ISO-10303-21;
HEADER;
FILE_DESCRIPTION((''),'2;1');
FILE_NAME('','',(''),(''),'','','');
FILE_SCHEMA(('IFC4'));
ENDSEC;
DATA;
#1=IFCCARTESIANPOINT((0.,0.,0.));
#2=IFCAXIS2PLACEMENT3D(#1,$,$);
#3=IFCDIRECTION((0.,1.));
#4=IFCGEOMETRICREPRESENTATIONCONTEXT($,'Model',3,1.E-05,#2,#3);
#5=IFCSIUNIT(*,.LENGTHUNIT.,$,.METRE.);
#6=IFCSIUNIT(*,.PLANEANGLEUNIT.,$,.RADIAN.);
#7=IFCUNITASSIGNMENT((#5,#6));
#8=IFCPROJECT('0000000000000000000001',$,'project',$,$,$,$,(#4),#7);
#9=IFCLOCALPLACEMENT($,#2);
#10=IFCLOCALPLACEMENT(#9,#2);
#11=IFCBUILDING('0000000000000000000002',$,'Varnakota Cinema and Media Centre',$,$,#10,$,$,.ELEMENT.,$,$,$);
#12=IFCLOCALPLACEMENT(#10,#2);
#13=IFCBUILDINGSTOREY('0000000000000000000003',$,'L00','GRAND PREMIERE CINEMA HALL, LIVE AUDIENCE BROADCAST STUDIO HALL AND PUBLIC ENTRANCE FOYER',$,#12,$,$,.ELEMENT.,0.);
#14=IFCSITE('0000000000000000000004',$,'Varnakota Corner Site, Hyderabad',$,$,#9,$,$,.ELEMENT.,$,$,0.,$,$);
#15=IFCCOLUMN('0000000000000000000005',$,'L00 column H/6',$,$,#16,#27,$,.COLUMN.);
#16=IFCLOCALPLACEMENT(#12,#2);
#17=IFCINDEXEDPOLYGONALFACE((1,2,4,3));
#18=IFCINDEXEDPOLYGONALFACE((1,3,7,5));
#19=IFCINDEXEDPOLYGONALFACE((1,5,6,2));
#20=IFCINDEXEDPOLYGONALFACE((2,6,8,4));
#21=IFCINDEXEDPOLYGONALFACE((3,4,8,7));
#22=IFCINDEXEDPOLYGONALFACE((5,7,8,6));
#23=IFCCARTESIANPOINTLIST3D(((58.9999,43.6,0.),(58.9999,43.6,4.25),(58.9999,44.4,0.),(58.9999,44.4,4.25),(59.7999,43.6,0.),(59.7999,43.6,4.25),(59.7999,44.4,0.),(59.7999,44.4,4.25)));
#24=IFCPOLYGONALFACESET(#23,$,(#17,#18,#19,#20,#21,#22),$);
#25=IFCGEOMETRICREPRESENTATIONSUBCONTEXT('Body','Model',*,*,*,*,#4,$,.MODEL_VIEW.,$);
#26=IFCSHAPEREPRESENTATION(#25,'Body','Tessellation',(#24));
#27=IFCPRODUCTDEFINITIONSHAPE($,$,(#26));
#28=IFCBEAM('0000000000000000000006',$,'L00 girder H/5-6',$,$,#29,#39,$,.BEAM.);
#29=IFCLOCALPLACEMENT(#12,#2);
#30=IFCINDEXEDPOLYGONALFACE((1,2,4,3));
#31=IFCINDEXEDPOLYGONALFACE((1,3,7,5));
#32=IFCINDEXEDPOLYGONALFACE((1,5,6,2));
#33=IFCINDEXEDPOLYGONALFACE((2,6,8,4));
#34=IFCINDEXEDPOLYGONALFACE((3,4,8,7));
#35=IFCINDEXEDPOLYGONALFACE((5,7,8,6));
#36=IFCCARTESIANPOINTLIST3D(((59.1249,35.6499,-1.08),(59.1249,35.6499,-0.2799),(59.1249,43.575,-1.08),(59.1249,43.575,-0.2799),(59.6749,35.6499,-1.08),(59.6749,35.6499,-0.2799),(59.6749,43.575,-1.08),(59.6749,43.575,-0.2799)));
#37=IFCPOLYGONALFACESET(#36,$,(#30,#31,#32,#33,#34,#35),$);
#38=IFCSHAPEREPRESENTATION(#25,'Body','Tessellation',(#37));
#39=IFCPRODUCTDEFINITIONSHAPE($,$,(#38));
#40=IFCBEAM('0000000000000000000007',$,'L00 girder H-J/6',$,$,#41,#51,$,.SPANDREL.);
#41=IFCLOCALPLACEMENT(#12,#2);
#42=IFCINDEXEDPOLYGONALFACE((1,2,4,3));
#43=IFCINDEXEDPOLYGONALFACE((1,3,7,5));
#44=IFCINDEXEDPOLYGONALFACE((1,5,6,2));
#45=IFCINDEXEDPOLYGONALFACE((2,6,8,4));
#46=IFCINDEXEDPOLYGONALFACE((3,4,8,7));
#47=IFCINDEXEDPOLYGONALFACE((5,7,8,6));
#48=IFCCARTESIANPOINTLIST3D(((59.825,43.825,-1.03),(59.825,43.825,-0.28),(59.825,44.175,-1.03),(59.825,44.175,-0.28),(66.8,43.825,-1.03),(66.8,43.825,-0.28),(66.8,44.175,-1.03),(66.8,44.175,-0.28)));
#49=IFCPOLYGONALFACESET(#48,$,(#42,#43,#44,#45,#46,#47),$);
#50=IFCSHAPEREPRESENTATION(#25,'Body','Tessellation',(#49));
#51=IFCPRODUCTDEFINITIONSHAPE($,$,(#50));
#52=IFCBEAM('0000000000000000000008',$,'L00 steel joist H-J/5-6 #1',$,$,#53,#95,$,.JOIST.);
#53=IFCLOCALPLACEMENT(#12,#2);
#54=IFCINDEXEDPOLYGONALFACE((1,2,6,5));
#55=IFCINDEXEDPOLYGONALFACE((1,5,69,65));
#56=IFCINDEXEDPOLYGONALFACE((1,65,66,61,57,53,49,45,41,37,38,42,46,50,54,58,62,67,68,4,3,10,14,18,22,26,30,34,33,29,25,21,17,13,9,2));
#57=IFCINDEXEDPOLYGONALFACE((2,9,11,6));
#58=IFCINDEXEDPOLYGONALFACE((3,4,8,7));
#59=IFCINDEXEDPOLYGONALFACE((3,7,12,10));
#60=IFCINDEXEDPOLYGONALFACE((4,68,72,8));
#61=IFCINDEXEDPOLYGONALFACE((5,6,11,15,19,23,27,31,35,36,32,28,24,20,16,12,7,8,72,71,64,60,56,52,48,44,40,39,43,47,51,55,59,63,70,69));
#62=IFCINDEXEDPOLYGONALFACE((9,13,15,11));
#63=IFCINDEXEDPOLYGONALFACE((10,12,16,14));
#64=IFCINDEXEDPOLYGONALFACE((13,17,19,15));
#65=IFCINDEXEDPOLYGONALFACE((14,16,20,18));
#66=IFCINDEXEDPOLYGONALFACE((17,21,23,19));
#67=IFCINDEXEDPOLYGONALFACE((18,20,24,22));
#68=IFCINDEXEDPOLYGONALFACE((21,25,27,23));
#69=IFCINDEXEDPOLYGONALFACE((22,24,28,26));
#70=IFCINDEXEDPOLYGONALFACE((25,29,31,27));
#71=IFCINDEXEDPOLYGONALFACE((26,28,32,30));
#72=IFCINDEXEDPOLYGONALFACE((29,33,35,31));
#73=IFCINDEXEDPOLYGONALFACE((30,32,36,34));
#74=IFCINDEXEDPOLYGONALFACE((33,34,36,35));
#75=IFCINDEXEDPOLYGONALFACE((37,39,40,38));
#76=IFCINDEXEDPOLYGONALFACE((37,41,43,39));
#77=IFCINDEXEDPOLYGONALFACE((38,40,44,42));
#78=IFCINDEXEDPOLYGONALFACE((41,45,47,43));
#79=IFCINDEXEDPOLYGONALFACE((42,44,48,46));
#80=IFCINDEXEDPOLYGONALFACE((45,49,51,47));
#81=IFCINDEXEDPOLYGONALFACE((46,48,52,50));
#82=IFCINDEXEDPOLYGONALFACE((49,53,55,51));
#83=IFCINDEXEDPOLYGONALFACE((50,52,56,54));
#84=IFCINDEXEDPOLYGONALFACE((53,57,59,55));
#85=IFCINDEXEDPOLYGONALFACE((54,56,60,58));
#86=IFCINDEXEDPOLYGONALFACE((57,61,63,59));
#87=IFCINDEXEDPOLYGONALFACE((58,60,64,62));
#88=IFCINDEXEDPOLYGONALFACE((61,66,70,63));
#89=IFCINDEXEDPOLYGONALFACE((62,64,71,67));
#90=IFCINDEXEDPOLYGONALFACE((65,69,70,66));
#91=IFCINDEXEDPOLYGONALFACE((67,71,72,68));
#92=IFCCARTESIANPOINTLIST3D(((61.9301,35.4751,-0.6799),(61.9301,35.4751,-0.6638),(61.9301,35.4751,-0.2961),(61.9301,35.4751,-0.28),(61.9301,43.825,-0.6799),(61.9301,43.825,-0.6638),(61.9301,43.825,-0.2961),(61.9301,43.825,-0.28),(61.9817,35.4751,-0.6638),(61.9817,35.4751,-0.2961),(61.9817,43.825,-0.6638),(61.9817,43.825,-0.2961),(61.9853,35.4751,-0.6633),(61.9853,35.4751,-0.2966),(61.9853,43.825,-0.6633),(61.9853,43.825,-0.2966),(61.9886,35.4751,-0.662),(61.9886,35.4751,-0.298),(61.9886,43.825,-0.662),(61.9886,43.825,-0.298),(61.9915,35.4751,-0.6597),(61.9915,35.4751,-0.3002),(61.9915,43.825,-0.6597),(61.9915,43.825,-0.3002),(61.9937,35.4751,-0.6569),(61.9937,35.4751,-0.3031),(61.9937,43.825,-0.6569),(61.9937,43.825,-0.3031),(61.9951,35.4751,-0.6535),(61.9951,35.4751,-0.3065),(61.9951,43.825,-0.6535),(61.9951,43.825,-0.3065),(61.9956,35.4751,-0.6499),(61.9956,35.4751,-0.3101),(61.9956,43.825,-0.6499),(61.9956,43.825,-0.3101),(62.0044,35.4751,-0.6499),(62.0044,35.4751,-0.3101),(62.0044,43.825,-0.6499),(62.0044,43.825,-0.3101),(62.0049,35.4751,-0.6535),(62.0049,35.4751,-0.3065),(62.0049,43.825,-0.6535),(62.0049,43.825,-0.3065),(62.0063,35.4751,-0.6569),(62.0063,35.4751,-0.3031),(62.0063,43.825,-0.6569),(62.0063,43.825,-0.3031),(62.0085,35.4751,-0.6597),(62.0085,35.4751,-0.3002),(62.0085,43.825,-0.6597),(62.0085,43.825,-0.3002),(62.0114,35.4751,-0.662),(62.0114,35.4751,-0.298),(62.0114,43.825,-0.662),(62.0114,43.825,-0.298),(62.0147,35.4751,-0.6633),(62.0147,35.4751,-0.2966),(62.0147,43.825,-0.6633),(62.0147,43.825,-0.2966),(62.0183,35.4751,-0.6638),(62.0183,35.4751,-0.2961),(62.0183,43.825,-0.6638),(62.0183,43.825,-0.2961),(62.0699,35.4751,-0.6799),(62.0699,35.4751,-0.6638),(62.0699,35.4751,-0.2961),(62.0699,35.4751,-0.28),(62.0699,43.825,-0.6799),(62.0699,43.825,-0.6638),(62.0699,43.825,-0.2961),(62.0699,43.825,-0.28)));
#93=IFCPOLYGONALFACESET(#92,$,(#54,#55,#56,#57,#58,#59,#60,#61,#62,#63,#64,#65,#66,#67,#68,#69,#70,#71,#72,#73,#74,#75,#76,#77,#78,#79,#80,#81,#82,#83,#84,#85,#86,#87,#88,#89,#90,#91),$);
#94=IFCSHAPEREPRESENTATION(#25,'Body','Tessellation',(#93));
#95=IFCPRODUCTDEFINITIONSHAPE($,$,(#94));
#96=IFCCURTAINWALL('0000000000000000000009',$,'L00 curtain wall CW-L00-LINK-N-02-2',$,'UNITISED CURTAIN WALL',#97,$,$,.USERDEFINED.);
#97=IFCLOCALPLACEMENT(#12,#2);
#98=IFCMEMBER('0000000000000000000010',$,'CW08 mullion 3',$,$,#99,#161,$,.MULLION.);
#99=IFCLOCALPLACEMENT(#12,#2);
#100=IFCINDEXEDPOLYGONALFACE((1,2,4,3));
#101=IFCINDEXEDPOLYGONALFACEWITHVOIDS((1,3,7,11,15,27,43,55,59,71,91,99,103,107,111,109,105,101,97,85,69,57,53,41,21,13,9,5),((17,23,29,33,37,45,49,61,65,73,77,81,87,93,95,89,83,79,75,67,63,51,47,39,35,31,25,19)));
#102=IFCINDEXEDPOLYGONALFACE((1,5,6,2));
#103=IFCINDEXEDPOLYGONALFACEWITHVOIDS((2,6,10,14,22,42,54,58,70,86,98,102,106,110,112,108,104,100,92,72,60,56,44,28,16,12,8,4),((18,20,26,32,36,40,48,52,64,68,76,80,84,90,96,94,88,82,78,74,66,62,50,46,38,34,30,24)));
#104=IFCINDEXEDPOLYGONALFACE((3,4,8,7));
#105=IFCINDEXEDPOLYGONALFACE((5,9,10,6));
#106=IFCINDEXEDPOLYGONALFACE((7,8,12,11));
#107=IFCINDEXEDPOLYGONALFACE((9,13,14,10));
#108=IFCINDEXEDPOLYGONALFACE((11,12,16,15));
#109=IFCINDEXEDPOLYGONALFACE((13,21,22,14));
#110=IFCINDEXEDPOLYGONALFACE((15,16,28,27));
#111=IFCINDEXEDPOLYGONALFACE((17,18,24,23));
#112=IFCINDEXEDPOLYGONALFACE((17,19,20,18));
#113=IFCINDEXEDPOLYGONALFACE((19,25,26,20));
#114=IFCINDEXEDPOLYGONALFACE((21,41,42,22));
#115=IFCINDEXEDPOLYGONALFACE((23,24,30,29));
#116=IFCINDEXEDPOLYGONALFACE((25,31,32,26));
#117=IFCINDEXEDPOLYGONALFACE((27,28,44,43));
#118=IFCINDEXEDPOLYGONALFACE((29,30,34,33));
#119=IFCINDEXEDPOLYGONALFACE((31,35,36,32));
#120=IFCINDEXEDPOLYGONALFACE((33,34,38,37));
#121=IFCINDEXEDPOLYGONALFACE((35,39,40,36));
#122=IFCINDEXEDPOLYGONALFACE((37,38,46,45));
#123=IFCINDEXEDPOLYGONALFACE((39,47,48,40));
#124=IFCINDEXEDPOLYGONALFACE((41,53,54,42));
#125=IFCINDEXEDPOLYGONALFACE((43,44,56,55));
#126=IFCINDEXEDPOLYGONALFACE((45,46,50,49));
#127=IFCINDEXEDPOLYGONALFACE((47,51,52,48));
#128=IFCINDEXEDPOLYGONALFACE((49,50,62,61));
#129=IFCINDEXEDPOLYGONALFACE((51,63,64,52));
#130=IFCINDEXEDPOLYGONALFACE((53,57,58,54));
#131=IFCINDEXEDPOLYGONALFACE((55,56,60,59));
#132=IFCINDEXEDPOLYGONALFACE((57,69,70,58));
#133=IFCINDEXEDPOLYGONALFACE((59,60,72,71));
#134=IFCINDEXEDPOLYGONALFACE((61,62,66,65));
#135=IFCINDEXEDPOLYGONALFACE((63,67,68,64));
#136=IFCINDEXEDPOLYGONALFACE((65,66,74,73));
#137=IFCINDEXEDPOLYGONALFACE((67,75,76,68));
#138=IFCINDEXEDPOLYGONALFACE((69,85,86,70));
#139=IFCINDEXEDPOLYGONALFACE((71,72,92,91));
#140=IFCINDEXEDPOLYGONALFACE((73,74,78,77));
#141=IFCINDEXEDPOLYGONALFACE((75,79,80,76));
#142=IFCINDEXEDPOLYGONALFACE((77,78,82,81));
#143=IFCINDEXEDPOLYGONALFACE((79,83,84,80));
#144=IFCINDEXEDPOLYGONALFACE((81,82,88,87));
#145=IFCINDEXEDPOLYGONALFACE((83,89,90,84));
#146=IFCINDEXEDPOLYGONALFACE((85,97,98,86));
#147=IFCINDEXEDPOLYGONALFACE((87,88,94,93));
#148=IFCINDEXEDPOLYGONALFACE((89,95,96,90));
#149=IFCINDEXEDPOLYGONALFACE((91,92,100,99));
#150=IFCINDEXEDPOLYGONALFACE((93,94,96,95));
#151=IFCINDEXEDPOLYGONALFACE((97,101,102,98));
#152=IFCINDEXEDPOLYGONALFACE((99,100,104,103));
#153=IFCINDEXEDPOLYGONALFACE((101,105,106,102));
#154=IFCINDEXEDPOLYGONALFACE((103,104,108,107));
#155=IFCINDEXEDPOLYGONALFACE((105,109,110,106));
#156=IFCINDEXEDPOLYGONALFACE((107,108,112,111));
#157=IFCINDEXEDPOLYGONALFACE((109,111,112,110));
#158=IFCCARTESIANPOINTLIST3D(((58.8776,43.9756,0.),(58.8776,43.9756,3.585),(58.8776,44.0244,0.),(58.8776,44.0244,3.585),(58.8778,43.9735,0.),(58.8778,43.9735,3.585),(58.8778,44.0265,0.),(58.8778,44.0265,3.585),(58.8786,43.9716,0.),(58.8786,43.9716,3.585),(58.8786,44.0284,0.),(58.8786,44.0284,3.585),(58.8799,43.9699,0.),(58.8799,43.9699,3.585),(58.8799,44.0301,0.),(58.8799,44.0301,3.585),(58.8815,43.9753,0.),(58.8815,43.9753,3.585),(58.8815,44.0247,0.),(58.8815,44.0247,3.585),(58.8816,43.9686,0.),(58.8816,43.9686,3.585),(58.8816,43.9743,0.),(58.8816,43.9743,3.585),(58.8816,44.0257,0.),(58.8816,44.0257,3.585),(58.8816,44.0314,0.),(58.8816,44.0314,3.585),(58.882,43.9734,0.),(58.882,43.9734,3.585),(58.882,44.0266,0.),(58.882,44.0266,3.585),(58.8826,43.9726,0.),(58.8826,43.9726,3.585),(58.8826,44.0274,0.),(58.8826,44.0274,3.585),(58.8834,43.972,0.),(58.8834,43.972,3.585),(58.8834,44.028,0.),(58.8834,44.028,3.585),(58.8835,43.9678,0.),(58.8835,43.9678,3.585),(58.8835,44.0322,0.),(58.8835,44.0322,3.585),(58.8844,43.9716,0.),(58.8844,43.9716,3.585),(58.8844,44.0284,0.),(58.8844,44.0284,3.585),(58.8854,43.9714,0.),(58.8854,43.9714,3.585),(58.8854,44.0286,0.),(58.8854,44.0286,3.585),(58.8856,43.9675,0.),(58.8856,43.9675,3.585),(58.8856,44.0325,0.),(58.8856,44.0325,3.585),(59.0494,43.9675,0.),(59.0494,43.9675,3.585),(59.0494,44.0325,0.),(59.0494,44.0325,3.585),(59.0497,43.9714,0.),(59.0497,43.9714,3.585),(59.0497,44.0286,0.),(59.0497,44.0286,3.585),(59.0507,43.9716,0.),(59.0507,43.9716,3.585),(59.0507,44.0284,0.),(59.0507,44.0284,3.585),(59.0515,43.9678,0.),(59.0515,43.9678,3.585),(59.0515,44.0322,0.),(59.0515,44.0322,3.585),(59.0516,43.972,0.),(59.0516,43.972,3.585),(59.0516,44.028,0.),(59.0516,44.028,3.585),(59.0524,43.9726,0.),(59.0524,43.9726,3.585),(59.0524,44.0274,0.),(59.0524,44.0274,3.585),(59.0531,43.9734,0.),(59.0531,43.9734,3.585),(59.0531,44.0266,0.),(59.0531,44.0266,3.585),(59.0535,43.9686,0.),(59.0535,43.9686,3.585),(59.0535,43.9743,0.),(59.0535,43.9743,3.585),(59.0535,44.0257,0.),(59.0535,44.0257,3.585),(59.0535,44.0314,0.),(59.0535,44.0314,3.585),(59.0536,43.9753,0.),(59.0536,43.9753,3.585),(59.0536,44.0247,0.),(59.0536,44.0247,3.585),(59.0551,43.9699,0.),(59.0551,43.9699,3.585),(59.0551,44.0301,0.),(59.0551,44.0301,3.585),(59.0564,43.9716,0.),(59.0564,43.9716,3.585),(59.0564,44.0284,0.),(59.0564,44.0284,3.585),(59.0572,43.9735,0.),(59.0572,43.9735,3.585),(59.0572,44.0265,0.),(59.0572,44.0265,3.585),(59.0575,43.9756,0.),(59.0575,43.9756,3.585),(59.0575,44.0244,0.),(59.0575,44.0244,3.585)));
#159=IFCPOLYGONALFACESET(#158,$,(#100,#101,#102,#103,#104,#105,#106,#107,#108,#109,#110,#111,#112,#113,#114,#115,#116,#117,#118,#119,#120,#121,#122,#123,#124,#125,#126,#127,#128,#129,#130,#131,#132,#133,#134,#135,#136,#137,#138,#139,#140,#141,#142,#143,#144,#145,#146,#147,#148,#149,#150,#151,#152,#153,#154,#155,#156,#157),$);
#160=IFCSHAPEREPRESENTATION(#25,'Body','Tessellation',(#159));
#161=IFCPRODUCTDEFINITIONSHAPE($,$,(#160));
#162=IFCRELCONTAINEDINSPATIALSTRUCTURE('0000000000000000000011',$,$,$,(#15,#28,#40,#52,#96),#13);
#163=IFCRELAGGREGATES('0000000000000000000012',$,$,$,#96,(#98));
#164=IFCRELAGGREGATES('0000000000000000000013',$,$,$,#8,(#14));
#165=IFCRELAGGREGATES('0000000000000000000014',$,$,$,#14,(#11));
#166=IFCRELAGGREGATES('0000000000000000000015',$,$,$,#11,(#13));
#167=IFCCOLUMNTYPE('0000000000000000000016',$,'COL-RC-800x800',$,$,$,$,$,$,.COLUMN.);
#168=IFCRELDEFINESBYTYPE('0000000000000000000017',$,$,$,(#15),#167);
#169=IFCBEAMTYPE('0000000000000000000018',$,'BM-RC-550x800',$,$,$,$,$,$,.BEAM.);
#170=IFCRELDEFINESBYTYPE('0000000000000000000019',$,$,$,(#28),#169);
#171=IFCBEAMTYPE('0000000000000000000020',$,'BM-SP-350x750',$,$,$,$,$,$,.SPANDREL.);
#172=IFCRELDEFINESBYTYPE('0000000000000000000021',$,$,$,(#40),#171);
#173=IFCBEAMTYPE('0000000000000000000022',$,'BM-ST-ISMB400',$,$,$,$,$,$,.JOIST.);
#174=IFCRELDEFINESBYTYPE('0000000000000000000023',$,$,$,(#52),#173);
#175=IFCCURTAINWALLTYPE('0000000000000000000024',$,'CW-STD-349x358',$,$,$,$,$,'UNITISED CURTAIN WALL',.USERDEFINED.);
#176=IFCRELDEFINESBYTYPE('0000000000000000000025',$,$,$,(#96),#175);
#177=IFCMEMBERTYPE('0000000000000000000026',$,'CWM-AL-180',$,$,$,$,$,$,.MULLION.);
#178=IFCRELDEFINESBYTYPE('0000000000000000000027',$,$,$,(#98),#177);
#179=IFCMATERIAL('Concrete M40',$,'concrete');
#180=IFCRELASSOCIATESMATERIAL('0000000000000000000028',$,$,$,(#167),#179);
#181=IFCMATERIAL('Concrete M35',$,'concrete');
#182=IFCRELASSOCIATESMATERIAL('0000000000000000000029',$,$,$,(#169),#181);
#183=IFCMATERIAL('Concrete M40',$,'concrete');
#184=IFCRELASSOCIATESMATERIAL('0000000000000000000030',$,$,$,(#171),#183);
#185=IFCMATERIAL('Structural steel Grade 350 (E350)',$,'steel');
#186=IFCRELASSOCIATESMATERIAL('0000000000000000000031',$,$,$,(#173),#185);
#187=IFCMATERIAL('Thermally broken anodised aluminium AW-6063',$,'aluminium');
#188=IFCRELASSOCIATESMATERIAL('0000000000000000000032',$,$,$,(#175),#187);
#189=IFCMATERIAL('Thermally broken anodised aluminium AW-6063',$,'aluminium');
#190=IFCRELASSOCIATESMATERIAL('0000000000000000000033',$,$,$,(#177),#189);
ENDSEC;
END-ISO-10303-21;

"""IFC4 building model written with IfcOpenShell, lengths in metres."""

from ifc_helpers import new_model, si_unit, direction, frame, origin, origin_2d, place, context, subcontext, project, spatial, rectangle, hollow_rectangle, i_section, extrude, material, material_profile, profile_set, type_object, element, aggregate, save


model = new_model("IFC4")

# Units and contexts
model_context = context("Model", 3, precision=1e-05, world=origin(), true_north=direction((0.0, 1.0)))
body_context = subcontext(model_context, "Body", "Model", "MODEL_VIEW")
ifc_project = project(units=[si_unit("LENGTHUNIT", "METRE"), si_unit("PLANEANGLEUNIT", "RADIAN")], contexts=[model_context])

# Site, building, storey
site_placement = place(None, origin())
site = spatial("IfcSite", under=ifc_project, at=site_placement, Name="Varnakota Corner Site, Hyderabad", CompositionType="ELEMENT", RefElevation=0.0)
building_placement = place(site_placement, origin())
building = spatial("IfcBuilding", under=site, at=building_placement, Name="Varnakota Cinema and Media Centre", CompositionType="ELEMENT")
storey_placement = place(building_placement, origin())
storey = spatial("IfcBuildingStorey", under=building, at=storey_placement, Name="L00", Description="GRAND PREMIERE CINEMA HALL, LIVE AUDIENCE BROADCAST STUDIO HALL AND PUBLIC ENTRANCE FOYER", CompositionType="ELEMENT", Elevation=0.0)

# Column
ifc_material_1 = material(Name="Concrete M40", Category="concrete")
ifc_material_profile_1 = material_profile(ifc_material_1, rectangle(XDim=0.8, YDim=0.8, at=origin_2d()), Name="RC 800x800")
ifc_profile_set_1 = profile_set([ifc_material_profile_1], Name="Concrete M40")
column_type = type_object("IfcColumnType", Name="COL-RC-800x800", PredefinedType="COLUMN", material=ifc_profile_set_1)
column_placement = place(storey_placement, frame((59.3999, 44.0, 0.0), z_axis=(0.0, 0.0, 1.0), x_axis=(1.0, 0.0, 0.0)))
element("IfcColumn", 1, at=column_placement, inside=storey, type_object=column_type, Name="L00 column H/6", PredefinedType="COLUMN", context=body_context, shape_type="SweptSolid", body=[
    extrude(rectangle(XDim=0.8, YDim=0.8, at=origin_2d()), origin(), (0.0, 0.0, 1.0), 4.25),
])

# Beams
ifc_material_2 = material(Name="Concrete M35", Category="concrete")
ifc_material_profile_2 = material_profile(ifc_material_2, rectangle(XDim=0.55, YDim=0.8, at=origin_2d()), Name="RCB 550x800")
ifc_profile_set_2 = profile_set([ifc_material_profile_2], Name="Concrete M35")
beam_type_1 = type_object("IfcBeamType", Name="BM-RC-550x800", PredefinedType="BEAM", material=ifc_profile_set_2)
beam_1_placement = place(storey_placement, frame((59.3999, 35.6499, -0.6799), z_axis=(0.0, 1.0, 0.0), x_axis=(-1.0, 0.0, 0.0)))
element("IfcBeam", 2, at=beam_1_placement, inside=storey, type_object=beam_type_1, Name="L00 girder H/5-6", PredefinedType="BEAM", context=body_context, shape_type="SweptSolid", body=[
    extrude(rectangle(XDim=0.55, YDim=0.8, at=origin_2d()), origin(), (0.0, 0.0, 1.0), 7.925),
])
ifc_material_3 = material(Name="Concrete M40", Category="concrete")
ifc_material_profile_3 = material_profile(ifc_material_3, rectangle(XDim=0.3501, YDim=0.75, at=origin_2d()), Name="RCB 350x750")
ifc_profile_set_3 = profile_set([ifc_material_profile_3], Name="Concrete M40")
beam_type_2 = type_object("IfcBeamType", Name="BM-SP-350x750", PredefinedType="SPANDREL", material=ifc_profile_set_3)
beam_2_placement = place(storey_placement, frame((59.825, 44.0, -0.655), z_axis=(1.0, 0.0, 0.0), x_axis=(0.0, 1.0, 0.0)))
element("IfcBeam", 3, at=beam_2_placement, inside=storey, type_object=beam_type_2, Name="L00 girder H-J/6", PredefinedType="SPANDREL", context=body_context, shape_type="SweptSolid", body=[
    extrude(rectangle(XDim=0.3501, YDim=0.75, at=origin_2d()), origin(), (0.0, 0.0, 1.0), 6.9751),
])
ifc_material_4 = material(Name="Structural steel Grade 350 (E350)", Category="steel")
ifc_material_profile_4 = material_profile(ifc_material_4, i_section(OverallWidth=0.1399, OverallDepth=0.3999, WebThickness=0.0088, FlangeThickness=0.0161, FilletRadius=0.0139, at=origin_2d()), Name="ISMB 400")
ifc_profile_set_4 = profile_set([ifc_material_profile_4], Name="Structural steel Grade 350 (E350)")
beam_type_3 = type_object("IfcBeamType", Name="BM-ST-ISMB400", PredefinedType="JOIST", material=ifc_profile_set_4)
beam_3_placement = place(storey_placement, frame((62.0, 35.4751, -0.48), z_axis=(0.0, 1.0, 0.0), x_axis=(-1.0, 0.0, 0.0)))
element("IfcBeam", 4, at=beam_3_placement, inside=storey, type_object=beam_type_3, Name="L00 steel joist H-J/5-6 #1", PredefinedType="JOIST", context=body_context, shape_type="SweptSolid", body=[
    extrude(i_section(OverallWidth=0.1399, OverallDepth=0.3999, WebThickness=0.0088, FlangeThickness=0.0161, FilletRadius=0.0139, at=origin_2d()), origin(), (0.0, 0.0, 1.0), 8.3499),
])

# Curtain wall, member
ifc_material_5 = material(Name="Thermally broken anodised aluminium AW-6063", Category="aluminium")
curtain_wall_type = type_object("IfcCurtainWallType", Name="CW-STD-349x358", ElementType="UNITISED CURTAIN WALL", PredefinedType="USERDEFINED", material=ifc_material_5)
curtain_wall_1_placement = place(storey_placement, origin())
curtain_wall_1 = element("IfcCurtainWall", 5, at=curtain_wall_1_placement, inside=storey, type_object=curtain_wall_type, Name="L00 curtain wall CW-L00-LINK-N-02-2", ObjectType="UNITISED CURTAIN WALL", PredefinedType="USERDEFINED")
ifc_material_6 = material(Name="Thermally broken anodised aluminium AW-6063", Category="aluminium")
ifc_material_profile_5 = material_profile(ifc_material_6, hollow_rectangle(XDim=0.0649, YDim=0.1799, WallThickness=0.0039, InnerFilletRadius=0.0039, OuterFilletRadius=0.0081, at=origin_2d()), Name="AL-MULLION 180x65x4")
ifc_profile_set_5 = profile_set([ifc_material_profile_5], Name="Thermally broken anodised aluminium AW-6063")
member_type_1 = type_object("IfcMemberType", Name="CWM-AL-180", PredefinedType="MULLION", material=ifc_profile_set_5)
member_1_placement = place(storey_placement, frame((58.9675, 44.0, 0.0), z_axis=(0.0, 0.0, 1.0), x_axis=(0.0, 1.0, 0.0)))
member_1 = element("IfcMember", 6, at=member_1_placement, type_object=member_type_1, Name="CW08 mullion 3", PredefinedType="MULLION", context=body_context, shape_type="SweptSolid", body=[
    extrude(hollow_rectangle(XDim=0.0649, YDim=0.1799, WallThickness=0.0039, InnerFilletRadius=0.0039, OuterFilletRadius=0.0081, at=origin_2d()), origin(), (0.0, 0.0, 1.0), 3.585),
])
aggregate(curtain_wall_1, [member_1])

save(model, "model.ifc")
